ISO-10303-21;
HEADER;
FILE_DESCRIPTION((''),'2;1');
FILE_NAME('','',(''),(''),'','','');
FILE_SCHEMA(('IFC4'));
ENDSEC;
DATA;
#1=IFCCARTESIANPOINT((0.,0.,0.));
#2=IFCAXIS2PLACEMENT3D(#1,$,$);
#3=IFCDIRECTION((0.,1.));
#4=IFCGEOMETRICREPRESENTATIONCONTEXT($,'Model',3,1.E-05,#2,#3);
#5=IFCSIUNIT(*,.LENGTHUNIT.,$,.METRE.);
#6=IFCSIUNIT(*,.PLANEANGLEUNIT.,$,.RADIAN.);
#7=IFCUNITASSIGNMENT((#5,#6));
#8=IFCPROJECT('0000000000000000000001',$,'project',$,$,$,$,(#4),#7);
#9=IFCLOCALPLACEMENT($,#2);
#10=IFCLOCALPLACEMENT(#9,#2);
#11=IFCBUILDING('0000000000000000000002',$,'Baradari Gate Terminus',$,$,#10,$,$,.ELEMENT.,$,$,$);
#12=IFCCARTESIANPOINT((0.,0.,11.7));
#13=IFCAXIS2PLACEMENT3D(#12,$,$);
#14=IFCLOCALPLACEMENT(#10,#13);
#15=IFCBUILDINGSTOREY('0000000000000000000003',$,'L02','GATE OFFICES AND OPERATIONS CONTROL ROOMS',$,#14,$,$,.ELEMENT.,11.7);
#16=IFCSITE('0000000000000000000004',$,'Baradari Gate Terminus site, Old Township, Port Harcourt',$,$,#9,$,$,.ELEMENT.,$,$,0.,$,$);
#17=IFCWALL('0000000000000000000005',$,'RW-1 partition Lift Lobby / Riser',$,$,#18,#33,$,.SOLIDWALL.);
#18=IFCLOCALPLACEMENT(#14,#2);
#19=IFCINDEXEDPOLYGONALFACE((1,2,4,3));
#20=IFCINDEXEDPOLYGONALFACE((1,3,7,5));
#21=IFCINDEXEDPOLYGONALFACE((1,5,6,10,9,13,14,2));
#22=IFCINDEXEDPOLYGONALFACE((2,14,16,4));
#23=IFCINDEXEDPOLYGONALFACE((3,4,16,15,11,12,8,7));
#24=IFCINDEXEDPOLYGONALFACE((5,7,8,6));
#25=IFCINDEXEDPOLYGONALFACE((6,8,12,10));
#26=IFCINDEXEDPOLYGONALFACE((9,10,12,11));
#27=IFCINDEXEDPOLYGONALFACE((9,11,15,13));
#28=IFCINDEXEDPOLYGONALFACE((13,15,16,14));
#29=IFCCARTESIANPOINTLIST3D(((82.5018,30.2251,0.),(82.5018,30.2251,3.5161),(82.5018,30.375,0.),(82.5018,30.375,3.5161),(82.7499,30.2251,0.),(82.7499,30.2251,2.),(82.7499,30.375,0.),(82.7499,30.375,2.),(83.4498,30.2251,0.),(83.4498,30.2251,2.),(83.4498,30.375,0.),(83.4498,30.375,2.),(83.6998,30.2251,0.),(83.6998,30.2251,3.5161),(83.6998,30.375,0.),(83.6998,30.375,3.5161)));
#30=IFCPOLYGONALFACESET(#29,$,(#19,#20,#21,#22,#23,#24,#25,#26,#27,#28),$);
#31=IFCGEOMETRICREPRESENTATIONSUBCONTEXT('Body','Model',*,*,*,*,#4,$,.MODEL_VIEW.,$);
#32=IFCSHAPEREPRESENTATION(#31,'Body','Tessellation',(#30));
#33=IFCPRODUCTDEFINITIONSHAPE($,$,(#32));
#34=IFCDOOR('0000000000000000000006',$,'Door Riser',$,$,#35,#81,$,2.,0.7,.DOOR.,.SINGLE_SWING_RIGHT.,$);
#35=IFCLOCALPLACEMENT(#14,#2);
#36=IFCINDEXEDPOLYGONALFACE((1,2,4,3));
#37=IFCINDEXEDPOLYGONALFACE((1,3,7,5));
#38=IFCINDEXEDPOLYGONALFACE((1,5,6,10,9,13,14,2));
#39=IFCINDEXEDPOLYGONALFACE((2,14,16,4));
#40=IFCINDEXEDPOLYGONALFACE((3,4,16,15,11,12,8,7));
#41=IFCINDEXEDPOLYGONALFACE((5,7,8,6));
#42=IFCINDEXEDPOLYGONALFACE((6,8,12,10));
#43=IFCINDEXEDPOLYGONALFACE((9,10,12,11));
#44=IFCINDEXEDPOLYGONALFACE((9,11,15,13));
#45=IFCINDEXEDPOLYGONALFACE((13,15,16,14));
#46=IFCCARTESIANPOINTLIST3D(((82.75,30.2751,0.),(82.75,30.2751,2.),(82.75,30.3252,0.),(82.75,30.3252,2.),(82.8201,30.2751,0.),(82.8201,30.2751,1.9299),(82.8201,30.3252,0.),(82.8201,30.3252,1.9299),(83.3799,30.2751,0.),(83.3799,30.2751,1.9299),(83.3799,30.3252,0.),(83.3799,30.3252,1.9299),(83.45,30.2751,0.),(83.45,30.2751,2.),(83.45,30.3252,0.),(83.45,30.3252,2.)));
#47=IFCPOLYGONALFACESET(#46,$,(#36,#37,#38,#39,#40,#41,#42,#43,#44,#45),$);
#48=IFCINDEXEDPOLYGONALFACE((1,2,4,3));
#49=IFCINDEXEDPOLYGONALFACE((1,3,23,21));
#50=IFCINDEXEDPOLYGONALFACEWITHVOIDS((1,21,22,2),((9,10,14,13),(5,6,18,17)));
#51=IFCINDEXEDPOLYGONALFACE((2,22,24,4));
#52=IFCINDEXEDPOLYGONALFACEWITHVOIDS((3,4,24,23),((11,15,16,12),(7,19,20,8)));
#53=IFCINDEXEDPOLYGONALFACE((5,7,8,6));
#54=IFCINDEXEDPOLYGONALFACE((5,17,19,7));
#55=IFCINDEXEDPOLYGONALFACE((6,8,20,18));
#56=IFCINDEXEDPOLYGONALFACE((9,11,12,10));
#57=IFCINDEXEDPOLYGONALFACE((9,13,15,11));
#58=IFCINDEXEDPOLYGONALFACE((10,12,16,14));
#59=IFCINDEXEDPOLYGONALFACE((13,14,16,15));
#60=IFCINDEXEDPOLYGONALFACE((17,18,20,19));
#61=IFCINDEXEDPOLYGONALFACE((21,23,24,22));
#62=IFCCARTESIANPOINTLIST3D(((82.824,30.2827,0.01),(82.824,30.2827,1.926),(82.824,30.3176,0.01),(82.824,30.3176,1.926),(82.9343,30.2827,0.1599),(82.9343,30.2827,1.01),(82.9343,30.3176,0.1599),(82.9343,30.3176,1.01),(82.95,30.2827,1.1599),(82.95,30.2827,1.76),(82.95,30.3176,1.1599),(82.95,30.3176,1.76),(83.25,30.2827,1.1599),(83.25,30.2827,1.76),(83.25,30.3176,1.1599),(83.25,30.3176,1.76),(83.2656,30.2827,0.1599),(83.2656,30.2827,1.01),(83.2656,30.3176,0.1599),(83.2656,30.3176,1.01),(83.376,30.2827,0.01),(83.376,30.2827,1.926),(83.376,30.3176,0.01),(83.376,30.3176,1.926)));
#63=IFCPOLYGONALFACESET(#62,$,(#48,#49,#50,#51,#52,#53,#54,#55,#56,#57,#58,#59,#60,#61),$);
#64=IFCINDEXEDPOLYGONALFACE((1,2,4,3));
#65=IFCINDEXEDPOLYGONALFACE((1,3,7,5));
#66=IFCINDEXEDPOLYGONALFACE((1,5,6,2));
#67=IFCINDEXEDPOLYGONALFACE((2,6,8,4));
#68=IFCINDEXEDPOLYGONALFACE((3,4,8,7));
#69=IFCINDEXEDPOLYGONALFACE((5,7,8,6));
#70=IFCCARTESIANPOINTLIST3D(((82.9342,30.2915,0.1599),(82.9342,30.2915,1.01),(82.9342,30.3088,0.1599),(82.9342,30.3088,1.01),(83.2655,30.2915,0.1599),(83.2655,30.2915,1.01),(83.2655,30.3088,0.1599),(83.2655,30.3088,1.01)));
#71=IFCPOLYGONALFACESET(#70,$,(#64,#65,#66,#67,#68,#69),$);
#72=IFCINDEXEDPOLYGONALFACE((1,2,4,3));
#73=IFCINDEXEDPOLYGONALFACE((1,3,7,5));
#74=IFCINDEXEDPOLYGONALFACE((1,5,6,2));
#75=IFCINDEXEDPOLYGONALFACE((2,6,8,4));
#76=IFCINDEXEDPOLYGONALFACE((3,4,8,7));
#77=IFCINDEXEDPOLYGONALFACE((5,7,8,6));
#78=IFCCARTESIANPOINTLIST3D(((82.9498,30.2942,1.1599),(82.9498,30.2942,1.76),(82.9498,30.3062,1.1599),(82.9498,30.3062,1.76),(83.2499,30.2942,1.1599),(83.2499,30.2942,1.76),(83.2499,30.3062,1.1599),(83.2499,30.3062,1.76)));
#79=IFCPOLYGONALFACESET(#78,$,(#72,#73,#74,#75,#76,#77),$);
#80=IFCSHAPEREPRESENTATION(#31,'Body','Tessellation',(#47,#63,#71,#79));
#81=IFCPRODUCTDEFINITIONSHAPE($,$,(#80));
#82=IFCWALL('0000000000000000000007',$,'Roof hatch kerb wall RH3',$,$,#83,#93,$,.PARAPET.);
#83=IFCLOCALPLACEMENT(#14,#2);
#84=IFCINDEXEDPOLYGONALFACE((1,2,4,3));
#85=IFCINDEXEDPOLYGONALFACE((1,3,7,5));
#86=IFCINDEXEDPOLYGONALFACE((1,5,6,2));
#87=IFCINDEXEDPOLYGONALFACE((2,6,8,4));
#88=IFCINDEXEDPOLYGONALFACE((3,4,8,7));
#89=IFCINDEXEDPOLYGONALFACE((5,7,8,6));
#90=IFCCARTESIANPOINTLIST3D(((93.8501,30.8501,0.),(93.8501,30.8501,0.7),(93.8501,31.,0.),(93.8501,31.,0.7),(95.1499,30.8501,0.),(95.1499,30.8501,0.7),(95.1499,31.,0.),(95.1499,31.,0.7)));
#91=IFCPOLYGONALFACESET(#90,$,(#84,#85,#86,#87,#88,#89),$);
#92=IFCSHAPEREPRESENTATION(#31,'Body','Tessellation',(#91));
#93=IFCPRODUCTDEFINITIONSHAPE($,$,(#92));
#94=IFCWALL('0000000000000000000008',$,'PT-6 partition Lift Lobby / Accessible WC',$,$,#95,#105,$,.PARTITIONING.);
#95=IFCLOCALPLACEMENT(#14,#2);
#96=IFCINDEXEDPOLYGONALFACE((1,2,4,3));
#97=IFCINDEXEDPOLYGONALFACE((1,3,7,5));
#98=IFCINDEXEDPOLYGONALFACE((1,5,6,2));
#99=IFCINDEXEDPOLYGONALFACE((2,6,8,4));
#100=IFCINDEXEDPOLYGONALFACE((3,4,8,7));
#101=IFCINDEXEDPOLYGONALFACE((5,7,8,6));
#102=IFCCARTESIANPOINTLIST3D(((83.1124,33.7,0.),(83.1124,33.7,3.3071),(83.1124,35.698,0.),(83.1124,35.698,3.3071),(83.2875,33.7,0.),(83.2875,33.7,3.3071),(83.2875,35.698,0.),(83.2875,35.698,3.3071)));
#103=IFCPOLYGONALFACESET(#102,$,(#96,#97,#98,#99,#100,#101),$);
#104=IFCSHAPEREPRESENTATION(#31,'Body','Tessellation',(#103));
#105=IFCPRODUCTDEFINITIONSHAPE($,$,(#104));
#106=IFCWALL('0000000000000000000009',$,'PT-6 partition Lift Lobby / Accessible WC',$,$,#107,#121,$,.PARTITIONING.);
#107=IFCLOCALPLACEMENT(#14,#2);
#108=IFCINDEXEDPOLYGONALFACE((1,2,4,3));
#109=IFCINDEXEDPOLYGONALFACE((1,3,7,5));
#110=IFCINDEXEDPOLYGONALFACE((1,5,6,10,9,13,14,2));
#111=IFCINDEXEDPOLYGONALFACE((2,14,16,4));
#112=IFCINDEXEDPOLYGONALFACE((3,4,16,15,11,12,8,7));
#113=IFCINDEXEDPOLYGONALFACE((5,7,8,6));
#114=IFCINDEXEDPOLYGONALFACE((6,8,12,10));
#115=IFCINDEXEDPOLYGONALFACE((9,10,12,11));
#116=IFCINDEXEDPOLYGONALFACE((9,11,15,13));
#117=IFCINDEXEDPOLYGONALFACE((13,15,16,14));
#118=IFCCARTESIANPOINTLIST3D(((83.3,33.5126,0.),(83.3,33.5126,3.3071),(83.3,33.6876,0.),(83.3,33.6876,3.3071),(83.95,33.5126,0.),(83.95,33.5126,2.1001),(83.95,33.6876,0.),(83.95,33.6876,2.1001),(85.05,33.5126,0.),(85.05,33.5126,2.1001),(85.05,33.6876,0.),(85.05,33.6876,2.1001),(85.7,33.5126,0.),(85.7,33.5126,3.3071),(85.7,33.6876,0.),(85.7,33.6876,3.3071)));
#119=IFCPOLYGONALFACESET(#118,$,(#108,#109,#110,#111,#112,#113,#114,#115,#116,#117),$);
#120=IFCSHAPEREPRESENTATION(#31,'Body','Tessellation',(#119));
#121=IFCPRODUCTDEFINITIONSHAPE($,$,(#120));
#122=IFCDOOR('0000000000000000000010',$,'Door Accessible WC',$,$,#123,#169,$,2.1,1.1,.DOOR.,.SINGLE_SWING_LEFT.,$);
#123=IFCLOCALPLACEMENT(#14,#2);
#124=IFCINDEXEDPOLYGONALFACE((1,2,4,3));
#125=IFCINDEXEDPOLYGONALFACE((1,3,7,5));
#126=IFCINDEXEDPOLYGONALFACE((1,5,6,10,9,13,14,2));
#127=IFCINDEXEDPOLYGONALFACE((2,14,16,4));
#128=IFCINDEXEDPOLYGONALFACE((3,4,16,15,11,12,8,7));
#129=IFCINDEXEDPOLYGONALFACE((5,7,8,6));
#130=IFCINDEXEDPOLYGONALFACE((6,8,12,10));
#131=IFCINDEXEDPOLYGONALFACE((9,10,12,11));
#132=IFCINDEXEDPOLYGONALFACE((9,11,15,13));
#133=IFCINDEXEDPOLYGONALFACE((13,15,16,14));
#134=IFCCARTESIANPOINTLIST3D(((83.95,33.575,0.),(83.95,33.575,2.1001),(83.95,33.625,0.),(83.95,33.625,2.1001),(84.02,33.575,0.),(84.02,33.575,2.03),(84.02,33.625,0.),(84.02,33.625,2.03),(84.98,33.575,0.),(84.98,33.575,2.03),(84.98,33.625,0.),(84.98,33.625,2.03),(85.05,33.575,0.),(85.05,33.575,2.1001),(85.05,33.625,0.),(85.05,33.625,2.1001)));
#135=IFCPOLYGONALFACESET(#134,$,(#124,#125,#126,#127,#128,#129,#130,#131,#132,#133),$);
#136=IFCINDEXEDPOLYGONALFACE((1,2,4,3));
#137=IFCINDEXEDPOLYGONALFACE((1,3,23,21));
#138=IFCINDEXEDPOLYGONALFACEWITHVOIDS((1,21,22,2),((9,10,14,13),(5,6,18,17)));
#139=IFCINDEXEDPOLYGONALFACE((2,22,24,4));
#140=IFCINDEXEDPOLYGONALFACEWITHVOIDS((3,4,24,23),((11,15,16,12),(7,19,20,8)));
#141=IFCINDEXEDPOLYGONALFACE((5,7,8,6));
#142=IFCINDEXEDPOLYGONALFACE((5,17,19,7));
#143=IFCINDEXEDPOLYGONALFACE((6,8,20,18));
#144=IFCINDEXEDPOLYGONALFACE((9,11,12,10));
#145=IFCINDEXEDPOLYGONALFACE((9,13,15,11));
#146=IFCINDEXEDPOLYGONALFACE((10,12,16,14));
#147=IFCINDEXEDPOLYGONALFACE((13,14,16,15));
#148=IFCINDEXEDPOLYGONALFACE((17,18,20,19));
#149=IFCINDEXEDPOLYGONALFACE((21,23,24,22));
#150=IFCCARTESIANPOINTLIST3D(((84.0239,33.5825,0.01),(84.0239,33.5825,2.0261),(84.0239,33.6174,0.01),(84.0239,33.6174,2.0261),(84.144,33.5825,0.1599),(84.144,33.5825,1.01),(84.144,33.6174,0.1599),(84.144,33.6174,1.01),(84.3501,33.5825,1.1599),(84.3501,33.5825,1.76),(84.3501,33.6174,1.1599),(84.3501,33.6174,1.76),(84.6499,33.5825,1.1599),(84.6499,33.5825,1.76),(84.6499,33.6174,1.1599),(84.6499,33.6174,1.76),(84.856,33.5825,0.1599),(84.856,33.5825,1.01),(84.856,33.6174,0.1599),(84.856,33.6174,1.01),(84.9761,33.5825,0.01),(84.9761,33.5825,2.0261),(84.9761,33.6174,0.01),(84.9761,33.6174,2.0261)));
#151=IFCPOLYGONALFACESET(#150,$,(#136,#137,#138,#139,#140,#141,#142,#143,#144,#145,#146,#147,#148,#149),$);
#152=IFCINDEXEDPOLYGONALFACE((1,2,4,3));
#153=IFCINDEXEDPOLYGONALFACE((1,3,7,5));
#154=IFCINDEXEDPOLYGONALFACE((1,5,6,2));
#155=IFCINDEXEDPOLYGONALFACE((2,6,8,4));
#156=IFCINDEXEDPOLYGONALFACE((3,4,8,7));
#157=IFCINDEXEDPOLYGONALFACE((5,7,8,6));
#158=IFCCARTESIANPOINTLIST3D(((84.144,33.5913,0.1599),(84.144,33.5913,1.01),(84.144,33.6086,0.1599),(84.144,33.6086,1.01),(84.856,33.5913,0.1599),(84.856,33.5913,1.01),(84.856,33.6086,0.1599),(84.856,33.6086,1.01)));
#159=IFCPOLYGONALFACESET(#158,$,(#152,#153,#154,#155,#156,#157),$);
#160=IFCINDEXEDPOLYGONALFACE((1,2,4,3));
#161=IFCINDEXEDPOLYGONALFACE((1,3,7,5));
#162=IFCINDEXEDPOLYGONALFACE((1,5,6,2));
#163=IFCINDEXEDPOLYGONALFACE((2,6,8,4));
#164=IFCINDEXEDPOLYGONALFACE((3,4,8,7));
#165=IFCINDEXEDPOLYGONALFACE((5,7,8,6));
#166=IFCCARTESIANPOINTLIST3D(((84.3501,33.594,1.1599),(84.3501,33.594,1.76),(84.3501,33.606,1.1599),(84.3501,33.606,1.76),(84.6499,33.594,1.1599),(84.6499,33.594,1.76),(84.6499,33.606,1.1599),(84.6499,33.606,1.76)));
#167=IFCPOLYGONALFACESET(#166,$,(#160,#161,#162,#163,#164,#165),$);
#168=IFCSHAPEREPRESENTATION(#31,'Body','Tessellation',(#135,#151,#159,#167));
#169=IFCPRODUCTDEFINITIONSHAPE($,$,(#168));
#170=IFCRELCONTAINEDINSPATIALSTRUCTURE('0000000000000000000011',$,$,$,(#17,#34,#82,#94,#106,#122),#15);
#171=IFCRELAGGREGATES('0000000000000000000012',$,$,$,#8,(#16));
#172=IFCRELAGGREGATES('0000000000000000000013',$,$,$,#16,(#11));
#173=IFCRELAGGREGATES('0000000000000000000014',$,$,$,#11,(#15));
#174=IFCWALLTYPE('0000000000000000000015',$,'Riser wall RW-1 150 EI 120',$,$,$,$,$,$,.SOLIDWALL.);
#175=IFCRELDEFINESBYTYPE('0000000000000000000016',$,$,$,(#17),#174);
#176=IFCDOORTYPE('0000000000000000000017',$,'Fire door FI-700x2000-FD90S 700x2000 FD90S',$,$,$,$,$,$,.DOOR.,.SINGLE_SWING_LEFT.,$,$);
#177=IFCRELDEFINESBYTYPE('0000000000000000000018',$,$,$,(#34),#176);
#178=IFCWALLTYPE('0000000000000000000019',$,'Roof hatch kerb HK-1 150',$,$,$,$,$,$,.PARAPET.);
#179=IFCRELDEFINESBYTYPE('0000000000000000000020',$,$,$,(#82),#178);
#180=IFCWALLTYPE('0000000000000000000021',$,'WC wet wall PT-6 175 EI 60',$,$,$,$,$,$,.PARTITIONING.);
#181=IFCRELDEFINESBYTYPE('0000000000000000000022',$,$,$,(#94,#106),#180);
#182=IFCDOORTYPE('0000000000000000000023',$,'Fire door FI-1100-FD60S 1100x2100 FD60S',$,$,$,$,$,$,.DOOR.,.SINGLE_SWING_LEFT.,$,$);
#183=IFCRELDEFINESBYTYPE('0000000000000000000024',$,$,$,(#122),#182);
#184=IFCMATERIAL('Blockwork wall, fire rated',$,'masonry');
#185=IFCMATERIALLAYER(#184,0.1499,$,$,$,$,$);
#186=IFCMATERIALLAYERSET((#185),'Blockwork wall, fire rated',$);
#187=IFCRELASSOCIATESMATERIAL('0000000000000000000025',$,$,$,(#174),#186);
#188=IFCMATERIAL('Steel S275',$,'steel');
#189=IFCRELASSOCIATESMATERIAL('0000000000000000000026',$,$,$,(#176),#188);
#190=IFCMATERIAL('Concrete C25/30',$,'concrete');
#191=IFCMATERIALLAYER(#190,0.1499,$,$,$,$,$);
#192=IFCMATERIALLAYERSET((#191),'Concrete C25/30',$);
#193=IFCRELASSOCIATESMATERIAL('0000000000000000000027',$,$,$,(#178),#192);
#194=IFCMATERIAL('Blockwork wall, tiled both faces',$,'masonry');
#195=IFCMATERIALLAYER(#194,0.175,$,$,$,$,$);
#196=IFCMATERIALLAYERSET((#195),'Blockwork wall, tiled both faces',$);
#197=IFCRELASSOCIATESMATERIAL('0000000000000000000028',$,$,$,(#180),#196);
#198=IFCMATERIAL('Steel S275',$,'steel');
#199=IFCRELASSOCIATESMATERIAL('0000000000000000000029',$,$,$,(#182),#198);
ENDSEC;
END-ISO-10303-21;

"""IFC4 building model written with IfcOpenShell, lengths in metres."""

from ifc_helpers import new_model, si_unit, direction, frame, frame_2d, origin, place, context, subcontext, project, spatial, polyline, rectangle, outline, extrude, material, layer, layer_set, type_object, element, fill, save


model = new_model("IFC4")

# Units and contexts
model_context = context("Model", 3, precision=1e-05, world=origin(), true_north=direction((0.0, 1.0)))
body_context = subcontext(model_context, "Body", "Model", "MODEL_VIEW")
ifc_project = project(units=[si_unit("LENGTHUNIT", "METRE"), si_unit("PLANEANGLEUNIT", "RADIAN")], contexts=[model_context])

# Site, building, storey
site_placement = place(None, origin())
site = spatial("IfcSite", under=ifc_project, at=site_placement, Name="Baradari Gate Terminus site, Old Township, Port Harcourt", CompositionType="ELEMENT", RefElevation=0.0)
building_placement = place(site_placement, origin())
building = spatial("IfcBuilding", under=site, at=building_placement, Name="Baradari Gate Terminus", CompositionType="ELEMENT")
storey_placement = place(building_placement, frame((0.0, 0.0, 11.7)))
storey = spatial("IfcBuildingStorey", under=building, at=storey_placement, Name="L02", Description="GATE OFFICES AND OPERATIONS CONTROL ROOMS", CompositionType="ELEMENT", Elevation=11.7)

# Wall, opening, door
ifc_material_1 = material(Name="Blockwork wall, fire rated", Category="masonry")
ifc_layer_1 = layer(ifc_material_1, 0.1499)
ifc_layer_set_1 = layer_set([ifc_layer_1], Name="Blockwork wall, fire rated")
wall_type_1 = type_object("IfcWallType", Name="Riser wall RW-1 150 EI 120", PredefinedType="SOLIDWALL", material=ifc_layer_set_1)
wall_1_placement = place(storey_placement, frame((83.7, 30.3, 0.0), z_axis=(0.0, 0.0, 1.0), x_axis=(-1.0, 0.0, 0.0)))
wall_1 = element("IfcWall", 1, at=wall_1_placement, inside=storey, type_object=wall_type_1, Name="RW-1 partition Lift Lobby / Riser", PredefinedType="SOLIDWALL", context=body_context, shape_type="SweptSolid", body=[
    extrude(rectangle(XDim=1.198, YDim=0.1499, at=frame_2d((0.5991, 0.0))), origin(), (0.0, 0.0, 1.0), 3.5161),
])
opening_1_placement = place(wall_1_placement, frame((0.25, 0.0, 0.0)))
opening_1 = element("IfcOpeningElement", 2, at=opening_1_placement, cuts=wall_1, PredefinedType="OPENING", context=body_context, shape_type="SweptSolid", body=[
    extrude(rectangle(XDim=0.7, YDim=2.0, at=frame_2d((0.3501, 1.0))), frame((0.0, 0.085, 0.0), z_axis=(0.0, -1.0, 0.0), x_axis=(1.0, 0.0, 0.0)), (0.0, 0.0, 1.0), 0.1699),
])
ifc_material_2 = material(Name="Steel S275", Category="steel")
door_type_1 = type_object("IfcDoorType", Name="Fire door FI-700x2000-FD90S 700x2000 FD90S", OperationType="SINGLE_SWING_LEFT", PredefinedType="DOOR", material=ifc_material_2)
door_1_placement = place(opening_1_placement, origin())
door_1 = element("IfcDoor", 3, at=door_1_placement, inside=storey, type_object=door_type_1, Name="Door Riser", OperationType="SINGLE_SWING_RIGHT", OverallHeight=2.0, OverallWidth=0.7, PredefinedType="DOOR", context=body_context, shape_type="SweptSolid", body=[
    extrude(outline(polyline([(0.0, 0.0), (0.0701, 0.0), (0.0701, 1.9299), (0.6299, 1.9299), (0.6299, 0.0), (0.7, 0.0), (0.7, 2.0), (0.0, 2.0), (0.0, 0.0)])), frame((0.0, 0.0249, 0.0), z_axis=(0.0, -1.0, 0.0), x_axis=(1.0, 0.0, 0.0)), (0.0, 0.0, 1.0), 0.05),
    extrude(outline(polyline([(0.074, 0.01), (0.626, 0.01), (0.626, 1.926), (0.074, 1.926), (0.074, 0.01)]), holes=[polyline([(0.1843, 0.1599), (0.5156, 0.1599), (0.5156, 1.01), (0.1843, 1.01), (0.1843, 0.1599)]), polyline([(0.2, 1.1599), (0.5, 1.1599), (0.5, 1.76), (0.2, 1.76), (0.2, 1.1599)])]), frame((0.0, 0.0173, 0.0), z_axis=(0.0, -1.0, 0.0), x_axis=(1.0, 0.0, 0.0)), (0.0, 0.0, 1.0), 0.0349),
    extrude(rectangle(XDim=0.3313, YDim=0.8501, at=frame_2d((0.3501, 0.585))), frame((0.0, 0.0085, 0.0), z_axis=(0.0, -1.0, 0.0), x_axis=(1.0, 0.0, 0.0)), (0.0, 0.0, 1.0), 0.0173),
    extrude(rectangle(XDim=0.3, YDim=0.6001, at=frame_2d((0.3501, 1.46))), frame((0.0, 0.0059, 0.0), z_axis=(0.0, -1.0, 0.0), x_axis=(1.0, 0.0, 0.0)), (0.0, 0.0, 1.0), 0.012),
])
fill(opening_1, door_1)

# Walls
ifc_material_3 = material(Name="Concrete C25/30", Category="concrete")
ifc_layer_2 = layer(ifc_material_3, 0.1499)
ifc_layer_set_2 = layer_set([ifc_layer_2], Name="Concrete C25/30")
wall_type_2 = type_object("IfcWallType", Name="Roof hatch kerb HK-1 150", PredefinedType="PARAPET", material=ifc_layer_set_2)
wall_2_placement = place(storey_placement, frame((93.8501, 30.925, 0.0), z_axis=(0.0, 0.0, 1.0), x_axis=(1.0, 0.0, 0.0)))
element("IfcWall", 4, at=wall_2_placement, inside=storey, type_object=wall_type_2, Name="Roof hatch kerb wall RH3", PredefinedType="PARAPET", context=body_context, shape_type="SweptSolid", body=[
    extrude(rectangle(XDim=1.2998, YDim=0.1499, at=frame_2d((0.6499, 0.0))), origin(), (0.0, 0.0, 1.0), 0.7),
])
ifc_material_4 = material(Name="Blockwork wall, tiled both faces", Category="masonry")
ifc_layer_3 = layer(ifc_material_4, 0.175)
ifc_layer_set_3 = layer_set([ifc_layer_3], Name="Blockwork wall, tiled both faces")
wall_type_3 = type_object("IfcWallType", Name="WC wet wall PT-6 175 EI 60", PredefinedType="PARTITIONING", material=ifc_layer_set_3)
wall_3_placement = place(storey_placement, frame((83.2, 35.698, 0.0), z_axis=(0.0, 0.0, 1.0), x_axis=(0.0, -1.0, 0.0)))
element("IfcWall", 5, at=wall_3_placement, inside=storey, type_object=wall_type_3, Name="PT-6 partition Lift Lobby / Accessible WC", PredefinedType="PARTITIONING", context=body_context, shape_type="SweptSolid", body=[
    extrude(rectangle(XDim=1.998, YDim=0.175, at=frame_2d((0.999, 0.0))), origin(), (0.0, 0.0, 1.0), 3.3071),
])

# Wall, opening, door
wall_4_placement = place(storey_placement, frame((83.3, 33.6001, 0.0), z_axis=(0.0, 0.0, 1.0), x_axis=(1.0, 0.0, 0.0)))
wall_4 = element("IfcWall", 6, at=wall_4_placement, inside=storey, type_object=wall_type_3, Name="PT-6 partition Lift Lobby / Accessible WC", PredefinedType="PARTITIONING", context=body_context, shape_type="SweptSolid", body=[
    extrude(rectangle(XDim=2.3999, YDim=0.175, at=frame_2d((1.2, 0.0))), origin(), (0.0, 0.0, 1.0), 3.3071),
])
opening_2_placement = place(wall_4_placement, frame((0.6499, 0.0, 0.0)))
opening_2 = element("IfcOpeningElement", 7, at=opening_2_placement, cuts=wall_4, PredefinedType="OPENING", context=body_context, shape_type="SweptSolid", body=[
    extrude(rectangle(XDim=1.1001, YDim=2.1001, at=frame_2d((0.55, 1.05))), frame((0.0, 0.0974, 0.0), z_axis=(0.0, -1.0, 0.0), x_axis=(1.0, 0.0, 0.0)), (0.0, 0.0, 1.0), 0.1951),
])
ifc_material_5 = material(Name="Steel S275", Category="steel")
door_type_2 = type_object("IfcDoorType", Name="Fire door FI-1100-FD60S 1100x2100 FD60S", OperationType="SINGLE_SWING_LEFT", PredefinedType="DOOR", material=ifc_material_5)
door_2_placement = place(opening_2_placement, origin())
door_2 = element("IfcDoor", 8, at=door_2_placement, inside=storey, type_object=door_type_2, Name="Door Accessible WC", OperationType="SINGLE_SWING_LEFT", OverallHeight=2.1, OverallWidth=1.1, PredefinedType="DOOR", context=body_context, shape_type="SweptSolid", body=[
    extrude(outline(polyline([(0.0, 0.0), (0.0701, 0.0), (0.0701, 2.03), (1.03, 2.03), (1.03, 0.0), (1.1001, 0.0), (1.1001, 2.1001), (0.0, 2.1001), (0.0, 0.0)])), frame((0.0, 0.0249, 0.0), z_axis=(0.0, -1.0, 0.0), x_axis=(1.0, 0.0, 0.0)), (0.0, 0.0, 1.0), 0.05),
    extrude(outline(polyline([(0.074, 0.01), (1.0261, 0.01), (1.0261, 2.0261), (0.074, 2.0261), (0.074, 0.01)]), holes=[polyline([(0.1941, 0.1599), (0.906, 0.1599), (0.906, 1.01), (0.1941, 1.01), (0.1941, 0.1599)]), polyline([(0.4001, 1.1599), (0.7, 1.1599), (0.7, 1.76), (0.4001, 1.76), (0.4001, 1.1599)])]), frame((0.0, 0.0173, 0.0), z_axis=(0.0, -1.0, 0.0), x_axis=(1.0, 0.0, 0.0)), (0.0, 0.0, 1.0), 0.0349),
    extrude(rectangle(XDim=0.7119, YDim=0.8501, at=frame_2d((0.55, 0.585))), frame((0.0, 0.0085, 0.0), z_axis=(0.0, -1.0, 0.0), x_axis=(1.0, 0.0, 0.0)), (0.0, 0.0, 1.0), 0.0173),
    extrude(rectangle(XDim=0.2998, YDim=0.6001, at=frame_2d((0.55, 1.46))), frame((0.0, 0.0059, 0.0), z_axis=(0.0, -1.0, 0.0), x_axis=(1.0, 0.0, 0.0)), (0.0, 0.0, 1.0), 0.012),
])
fill(opening_2, door_2)

save(model, "model.ifc")
